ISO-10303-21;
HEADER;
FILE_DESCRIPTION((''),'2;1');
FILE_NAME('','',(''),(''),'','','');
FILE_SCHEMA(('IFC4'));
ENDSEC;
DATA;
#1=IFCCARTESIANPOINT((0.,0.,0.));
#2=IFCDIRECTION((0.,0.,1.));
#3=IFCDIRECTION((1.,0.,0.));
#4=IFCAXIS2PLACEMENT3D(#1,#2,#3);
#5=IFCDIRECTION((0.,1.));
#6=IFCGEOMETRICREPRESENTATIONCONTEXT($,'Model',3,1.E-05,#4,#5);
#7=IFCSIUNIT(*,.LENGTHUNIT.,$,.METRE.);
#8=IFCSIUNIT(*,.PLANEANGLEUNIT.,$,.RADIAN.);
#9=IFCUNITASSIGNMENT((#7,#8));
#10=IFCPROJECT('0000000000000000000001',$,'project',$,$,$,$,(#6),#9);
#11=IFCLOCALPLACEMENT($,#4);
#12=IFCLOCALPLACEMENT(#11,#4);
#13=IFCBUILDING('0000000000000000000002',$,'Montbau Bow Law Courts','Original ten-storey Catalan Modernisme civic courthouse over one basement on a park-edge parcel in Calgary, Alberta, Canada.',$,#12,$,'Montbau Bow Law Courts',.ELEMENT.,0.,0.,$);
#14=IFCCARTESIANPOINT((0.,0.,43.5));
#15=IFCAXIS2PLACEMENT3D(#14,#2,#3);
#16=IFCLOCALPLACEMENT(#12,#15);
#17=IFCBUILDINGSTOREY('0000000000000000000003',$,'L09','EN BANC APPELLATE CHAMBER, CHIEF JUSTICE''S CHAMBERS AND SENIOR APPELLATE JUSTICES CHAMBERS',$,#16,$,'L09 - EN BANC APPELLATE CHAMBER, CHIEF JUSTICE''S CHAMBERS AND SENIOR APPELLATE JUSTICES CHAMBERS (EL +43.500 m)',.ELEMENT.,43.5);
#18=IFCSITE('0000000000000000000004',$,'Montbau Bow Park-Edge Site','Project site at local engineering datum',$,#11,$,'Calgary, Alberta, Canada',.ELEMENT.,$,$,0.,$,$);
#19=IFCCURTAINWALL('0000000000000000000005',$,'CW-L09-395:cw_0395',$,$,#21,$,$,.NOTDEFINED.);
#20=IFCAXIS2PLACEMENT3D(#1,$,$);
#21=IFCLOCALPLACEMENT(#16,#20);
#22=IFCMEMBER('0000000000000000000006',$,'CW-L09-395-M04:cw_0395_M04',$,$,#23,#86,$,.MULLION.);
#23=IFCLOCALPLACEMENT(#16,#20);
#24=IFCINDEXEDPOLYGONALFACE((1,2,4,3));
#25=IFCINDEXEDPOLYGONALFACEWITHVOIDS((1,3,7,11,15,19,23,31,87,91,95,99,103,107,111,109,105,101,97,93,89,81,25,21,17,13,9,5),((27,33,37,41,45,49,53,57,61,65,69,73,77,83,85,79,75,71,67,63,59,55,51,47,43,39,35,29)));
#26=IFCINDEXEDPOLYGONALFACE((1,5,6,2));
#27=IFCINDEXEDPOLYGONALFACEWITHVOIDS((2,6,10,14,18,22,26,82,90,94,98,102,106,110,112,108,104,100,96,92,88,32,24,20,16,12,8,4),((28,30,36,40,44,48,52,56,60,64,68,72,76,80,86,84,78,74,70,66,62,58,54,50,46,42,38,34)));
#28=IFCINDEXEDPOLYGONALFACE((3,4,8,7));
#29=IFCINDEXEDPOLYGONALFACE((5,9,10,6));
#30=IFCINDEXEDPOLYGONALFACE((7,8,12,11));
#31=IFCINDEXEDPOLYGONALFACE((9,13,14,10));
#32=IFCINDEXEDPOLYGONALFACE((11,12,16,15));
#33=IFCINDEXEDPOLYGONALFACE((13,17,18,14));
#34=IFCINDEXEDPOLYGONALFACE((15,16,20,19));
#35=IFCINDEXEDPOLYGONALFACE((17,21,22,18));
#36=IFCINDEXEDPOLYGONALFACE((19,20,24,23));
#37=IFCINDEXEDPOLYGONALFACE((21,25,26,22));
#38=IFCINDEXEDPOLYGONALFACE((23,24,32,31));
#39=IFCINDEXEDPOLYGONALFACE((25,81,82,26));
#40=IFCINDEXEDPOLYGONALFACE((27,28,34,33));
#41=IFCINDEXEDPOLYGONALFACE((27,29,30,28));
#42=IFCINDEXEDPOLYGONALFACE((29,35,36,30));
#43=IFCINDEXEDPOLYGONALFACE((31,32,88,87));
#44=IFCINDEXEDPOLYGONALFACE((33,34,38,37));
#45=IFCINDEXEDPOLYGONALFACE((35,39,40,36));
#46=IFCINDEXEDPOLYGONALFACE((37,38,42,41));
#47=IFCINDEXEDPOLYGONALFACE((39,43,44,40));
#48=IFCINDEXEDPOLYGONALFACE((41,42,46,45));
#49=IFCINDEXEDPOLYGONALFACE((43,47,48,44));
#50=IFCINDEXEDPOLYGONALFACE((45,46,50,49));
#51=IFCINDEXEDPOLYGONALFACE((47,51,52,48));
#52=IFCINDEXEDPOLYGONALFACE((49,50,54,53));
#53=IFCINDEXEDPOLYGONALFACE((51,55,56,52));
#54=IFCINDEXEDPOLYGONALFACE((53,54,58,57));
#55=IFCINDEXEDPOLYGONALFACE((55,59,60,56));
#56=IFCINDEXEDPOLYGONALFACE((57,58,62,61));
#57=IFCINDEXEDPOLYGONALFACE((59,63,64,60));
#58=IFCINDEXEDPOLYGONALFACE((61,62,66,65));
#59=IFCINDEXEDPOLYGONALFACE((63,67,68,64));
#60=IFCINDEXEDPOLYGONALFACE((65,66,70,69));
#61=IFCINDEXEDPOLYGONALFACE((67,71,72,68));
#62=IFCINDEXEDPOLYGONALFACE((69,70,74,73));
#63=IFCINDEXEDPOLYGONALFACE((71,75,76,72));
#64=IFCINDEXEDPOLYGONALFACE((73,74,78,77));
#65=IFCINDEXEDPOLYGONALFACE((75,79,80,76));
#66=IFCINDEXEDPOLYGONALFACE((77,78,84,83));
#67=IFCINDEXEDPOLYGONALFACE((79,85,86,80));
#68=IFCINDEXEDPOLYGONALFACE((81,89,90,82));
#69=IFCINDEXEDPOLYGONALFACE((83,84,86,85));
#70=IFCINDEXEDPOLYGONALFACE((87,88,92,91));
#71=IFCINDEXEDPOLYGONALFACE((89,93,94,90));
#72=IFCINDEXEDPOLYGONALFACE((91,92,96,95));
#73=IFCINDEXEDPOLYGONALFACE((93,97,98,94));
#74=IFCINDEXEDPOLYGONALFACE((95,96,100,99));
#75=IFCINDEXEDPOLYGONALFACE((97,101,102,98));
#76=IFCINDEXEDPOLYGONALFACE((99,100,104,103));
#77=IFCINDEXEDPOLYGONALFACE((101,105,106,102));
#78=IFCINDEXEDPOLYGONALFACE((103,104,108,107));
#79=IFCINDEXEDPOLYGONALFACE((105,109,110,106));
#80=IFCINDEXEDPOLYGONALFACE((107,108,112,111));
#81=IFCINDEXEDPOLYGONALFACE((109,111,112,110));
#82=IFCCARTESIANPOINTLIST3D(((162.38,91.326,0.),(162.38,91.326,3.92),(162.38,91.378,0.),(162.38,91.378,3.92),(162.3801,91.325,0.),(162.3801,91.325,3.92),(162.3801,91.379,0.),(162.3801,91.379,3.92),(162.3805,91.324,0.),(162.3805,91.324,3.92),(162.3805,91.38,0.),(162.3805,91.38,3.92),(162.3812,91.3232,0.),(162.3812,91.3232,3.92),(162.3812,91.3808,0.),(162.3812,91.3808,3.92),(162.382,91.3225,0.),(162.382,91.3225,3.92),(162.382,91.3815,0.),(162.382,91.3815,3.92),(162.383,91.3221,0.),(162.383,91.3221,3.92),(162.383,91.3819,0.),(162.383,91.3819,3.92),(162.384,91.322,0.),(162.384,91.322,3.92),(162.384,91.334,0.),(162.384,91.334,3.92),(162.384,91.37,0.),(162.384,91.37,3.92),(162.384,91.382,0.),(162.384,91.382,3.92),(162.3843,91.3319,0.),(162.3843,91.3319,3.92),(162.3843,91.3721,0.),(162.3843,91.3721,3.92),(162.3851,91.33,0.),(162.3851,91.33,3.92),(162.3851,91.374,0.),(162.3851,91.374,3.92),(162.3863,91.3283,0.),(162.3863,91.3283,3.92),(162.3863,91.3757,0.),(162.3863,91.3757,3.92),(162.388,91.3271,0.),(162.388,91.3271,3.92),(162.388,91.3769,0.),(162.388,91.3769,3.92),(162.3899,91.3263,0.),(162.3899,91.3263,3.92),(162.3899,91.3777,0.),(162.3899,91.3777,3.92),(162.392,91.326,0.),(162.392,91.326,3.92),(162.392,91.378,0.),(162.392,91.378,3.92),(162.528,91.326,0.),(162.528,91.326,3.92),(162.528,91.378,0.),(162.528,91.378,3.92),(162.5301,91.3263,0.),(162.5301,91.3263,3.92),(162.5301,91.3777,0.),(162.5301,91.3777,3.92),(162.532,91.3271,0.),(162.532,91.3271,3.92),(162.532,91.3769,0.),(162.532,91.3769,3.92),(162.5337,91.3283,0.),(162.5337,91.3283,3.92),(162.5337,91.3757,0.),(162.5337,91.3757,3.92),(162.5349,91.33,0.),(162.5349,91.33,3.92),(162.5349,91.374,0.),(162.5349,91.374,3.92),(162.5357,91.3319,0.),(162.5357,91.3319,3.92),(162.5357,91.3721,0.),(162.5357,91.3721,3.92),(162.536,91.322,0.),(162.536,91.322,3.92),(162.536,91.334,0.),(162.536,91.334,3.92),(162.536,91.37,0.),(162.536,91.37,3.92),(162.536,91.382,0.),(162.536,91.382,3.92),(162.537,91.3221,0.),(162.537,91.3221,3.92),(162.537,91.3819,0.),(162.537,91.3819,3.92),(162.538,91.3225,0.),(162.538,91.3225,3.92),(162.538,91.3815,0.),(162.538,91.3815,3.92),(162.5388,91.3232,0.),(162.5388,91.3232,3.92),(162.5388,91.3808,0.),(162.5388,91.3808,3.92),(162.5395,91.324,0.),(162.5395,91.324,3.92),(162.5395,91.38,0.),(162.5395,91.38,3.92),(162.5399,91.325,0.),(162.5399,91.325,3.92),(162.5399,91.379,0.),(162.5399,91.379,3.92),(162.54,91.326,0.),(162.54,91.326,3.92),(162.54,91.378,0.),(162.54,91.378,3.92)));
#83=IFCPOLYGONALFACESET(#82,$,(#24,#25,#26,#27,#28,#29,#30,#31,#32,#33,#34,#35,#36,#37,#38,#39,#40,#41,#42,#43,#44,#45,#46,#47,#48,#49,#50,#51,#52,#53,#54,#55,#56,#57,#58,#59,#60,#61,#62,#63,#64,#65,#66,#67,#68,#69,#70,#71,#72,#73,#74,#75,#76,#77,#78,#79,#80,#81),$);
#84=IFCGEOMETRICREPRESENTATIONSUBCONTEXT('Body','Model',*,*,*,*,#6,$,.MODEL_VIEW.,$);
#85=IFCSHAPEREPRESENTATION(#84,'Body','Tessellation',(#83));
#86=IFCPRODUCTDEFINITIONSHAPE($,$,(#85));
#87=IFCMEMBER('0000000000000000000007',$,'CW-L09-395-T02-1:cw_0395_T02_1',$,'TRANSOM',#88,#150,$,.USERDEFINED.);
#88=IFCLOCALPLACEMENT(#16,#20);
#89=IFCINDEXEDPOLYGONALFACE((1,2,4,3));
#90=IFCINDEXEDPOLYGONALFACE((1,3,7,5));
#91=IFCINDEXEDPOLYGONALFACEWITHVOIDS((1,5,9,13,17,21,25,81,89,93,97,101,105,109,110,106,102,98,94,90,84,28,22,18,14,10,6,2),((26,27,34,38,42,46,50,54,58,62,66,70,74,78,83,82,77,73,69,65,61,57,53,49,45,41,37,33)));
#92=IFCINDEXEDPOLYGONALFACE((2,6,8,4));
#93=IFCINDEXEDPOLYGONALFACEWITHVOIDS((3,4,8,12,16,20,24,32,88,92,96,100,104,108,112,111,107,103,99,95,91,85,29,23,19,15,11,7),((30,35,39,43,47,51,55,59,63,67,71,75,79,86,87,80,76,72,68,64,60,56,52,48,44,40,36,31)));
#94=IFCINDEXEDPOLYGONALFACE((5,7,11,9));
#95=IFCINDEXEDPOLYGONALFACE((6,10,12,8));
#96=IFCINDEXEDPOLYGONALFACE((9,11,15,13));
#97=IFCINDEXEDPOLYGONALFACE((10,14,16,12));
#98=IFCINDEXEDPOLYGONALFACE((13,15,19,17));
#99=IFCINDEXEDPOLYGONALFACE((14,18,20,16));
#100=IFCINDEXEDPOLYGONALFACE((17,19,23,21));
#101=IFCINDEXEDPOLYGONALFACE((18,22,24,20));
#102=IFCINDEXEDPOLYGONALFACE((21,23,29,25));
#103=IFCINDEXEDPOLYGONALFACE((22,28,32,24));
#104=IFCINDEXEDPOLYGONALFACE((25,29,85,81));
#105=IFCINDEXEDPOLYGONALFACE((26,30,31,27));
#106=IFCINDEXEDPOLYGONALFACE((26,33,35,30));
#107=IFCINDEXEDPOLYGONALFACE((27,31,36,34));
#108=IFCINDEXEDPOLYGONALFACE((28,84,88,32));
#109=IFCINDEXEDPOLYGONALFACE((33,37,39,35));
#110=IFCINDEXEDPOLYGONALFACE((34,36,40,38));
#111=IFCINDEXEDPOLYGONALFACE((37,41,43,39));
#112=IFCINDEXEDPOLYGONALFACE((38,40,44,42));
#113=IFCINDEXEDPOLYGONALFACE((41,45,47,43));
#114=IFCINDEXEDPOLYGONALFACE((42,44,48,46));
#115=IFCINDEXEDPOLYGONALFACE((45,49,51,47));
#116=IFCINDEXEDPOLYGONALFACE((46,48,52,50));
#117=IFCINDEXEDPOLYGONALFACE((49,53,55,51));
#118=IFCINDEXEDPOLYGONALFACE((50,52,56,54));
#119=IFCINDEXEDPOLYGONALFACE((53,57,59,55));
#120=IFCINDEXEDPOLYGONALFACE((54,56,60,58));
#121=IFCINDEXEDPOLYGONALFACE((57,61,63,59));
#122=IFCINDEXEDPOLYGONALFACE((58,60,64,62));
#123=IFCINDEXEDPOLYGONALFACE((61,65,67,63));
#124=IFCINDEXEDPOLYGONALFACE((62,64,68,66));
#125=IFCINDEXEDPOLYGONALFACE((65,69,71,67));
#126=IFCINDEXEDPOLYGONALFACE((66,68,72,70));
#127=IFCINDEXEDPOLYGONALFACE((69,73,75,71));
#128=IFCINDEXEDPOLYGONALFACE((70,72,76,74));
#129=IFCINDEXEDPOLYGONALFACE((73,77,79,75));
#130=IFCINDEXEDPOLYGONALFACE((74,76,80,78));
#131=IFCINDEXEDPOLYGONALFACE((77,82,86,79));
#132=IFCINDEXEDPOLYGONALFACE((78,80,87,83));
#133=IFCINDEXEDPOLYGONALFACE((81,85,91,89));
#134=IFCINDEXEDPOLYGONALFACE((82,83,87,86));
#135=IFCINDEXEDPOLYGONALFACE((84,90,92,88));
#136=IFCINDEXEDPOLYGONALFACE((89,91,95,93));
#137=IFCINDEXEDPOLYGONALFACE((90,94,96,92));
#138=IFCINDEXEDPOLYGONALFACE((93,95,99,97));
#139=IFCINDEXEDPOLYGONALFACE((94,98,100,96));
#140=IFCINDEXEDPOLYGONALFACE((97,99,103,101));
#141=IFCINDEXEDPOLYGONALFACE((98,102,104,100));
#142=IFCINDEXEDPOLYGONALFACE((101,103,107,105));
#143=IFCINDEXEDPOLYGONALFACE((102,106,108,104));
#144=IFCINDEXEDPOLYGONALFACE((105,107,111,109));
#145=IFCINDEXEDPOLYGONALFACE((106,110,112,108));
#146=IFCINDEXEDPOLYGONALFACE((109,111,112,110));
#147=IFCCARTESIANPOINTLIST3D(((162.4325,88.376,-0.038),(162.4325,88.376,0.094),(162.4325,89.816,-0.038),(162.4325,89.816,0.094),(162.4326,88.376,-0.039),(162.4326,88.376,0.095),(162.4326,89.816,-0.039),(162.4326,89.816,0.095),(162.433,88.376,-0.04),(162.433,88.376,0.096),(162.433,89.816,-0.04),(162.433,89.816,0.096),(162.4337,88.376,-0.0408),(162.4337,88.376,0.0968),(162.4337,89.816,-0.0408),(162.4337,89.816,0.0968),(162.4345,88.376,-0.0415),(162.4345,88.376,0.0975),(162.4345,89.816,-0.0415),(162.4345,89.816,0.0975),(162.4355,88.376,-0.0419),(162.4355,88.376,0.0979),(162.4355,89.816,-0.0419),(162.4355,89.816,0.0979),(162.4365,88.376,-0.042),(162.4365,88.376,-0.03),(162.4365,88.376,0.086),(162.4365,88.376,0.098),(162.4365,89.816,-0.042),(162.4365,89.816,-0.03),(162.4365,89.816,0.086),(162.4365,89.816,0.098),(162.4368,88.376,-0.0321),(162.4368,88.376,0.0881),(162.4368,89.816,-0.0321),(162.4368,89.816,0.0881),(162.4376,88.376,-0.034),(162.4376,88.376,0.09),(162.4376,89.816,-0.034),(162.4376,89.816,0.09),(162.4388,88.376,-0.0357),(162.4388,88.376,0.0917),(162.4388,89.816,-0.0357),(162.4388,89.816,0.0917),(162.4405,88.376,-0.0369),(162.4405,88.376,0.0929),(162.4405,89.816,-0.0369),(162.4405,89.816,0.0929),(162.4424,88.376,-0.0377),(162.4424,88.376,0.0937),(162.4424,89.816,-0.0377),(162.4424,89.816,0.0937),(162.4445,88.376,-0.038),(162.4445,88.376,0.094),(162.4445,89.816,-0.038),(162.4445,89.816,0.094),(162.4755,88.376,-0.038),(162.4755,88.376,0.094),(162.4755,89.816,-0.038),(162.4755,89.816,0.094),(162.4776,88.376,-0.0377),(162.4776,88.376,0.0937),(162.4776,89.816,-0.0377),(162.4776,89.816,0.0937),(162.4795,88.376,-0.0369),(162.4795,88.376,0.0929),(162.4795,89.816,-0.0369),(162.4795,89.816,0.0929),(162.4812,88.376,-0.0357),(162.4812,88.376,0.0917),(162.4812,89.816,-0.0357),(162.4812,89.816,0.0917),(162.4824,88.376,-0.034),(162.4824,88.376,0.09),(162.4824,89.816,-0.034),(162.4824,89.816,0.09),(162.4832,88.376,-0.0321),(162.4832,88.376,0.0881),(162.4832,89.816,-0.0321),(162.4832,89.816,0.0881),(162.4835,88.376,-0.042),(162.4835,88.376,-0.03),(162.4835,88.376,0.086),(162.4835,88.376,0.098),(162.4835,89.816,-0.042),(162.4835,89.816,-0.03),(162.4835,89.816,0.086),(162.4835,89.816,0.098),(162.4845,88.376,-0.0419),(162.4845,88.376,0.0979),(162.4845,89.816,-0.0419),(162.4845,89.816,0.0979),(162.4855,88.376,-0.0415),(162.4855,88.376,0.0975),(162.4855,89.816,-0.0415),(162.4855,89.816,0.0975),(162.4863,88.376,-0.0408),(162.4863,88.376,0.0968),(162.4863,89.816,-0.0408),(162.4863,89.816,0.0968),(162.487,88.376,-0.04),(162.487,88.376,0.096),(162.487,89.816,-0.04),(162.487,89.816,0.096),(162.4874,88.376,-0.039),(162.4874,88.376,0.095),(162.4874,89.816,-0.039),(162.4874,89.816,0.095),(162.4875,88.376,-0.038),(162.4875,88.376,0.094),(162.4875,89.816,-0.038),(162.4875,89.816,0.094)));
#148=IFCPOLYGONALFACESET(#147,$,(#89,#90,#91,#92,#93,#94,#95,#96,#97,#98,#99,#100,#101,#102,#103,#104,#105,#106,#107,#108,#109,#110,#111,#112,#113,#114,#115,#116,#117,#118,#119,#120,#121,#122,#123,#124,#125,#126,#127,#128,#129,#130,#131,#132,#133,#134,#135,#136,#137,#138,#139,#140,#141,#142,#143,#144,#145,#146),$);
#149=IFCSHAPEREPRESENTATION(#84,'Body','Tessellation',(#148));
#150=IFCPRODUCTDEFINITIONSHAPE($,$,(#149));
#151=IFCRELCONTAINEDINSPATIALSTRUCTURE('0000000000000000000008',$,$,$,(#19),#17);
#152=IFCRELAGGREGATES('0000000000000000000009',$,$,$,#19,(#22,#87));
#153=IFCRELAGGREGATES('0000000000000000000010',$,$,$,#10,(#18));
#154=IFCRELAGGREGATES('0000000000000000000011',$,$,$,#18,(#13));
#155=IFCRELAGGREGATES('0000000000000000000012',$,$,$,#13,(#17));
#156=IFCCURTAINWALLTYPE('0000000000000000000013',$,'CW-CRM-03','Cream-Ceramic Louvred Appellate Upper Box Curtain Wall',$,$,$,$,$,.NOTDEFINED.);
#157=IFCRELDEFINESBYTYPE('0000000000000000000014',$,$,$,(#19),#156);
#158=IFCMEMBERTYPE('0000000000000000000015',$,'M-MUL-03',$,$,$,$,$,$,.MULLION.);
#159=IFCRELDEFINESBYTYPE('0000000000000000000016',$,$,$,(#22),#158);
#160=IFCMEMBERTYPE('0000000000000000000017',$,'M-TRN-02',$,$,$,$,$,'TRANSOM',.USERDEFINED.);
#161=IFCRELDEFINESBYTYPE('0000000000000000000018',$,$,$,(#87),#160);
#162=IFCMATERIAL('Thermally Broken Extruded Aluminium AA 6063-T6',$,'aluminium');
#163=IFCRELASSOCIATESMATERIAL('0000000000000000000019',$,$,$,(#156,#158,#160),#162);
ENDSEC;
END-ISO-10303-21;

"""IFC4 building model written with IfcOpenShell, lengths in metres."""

from ifc_helpers import new_model, si_unit, direction, frame, origin_with_axes, origin_2d_with_axis, place, context, subcontext, project, spatial, hollow_rectangle, extrude, material, material_profile, profile_set, type_object, element, aggregate, save


model = new_model("IFC4")

# Units and contexts
model_context = context("Model", 3, precision=1e-05, world=origin_with_axes(), true_north=direction((0.0, 1.0)))
body_context = subcontext(model_context, "Body", "Model", "MODEL_VIEW")
ifc_project = project(units=[si_unit("LENGTHUNIT", "METRE"), si_unit("PLANEANGLEUNIT", "RADIAN")], contexts=[model_context])

# Site, building, storey
site_placement = place(None, origin_with_axes())
site = spatial("IfcSite", under=ifc_project, at=site_placement, Name="Montbau Bow Park-Edge Site", Description="Project site at local engineering datum", LongName="Calgary, Alberta, Canada", CompositionType="ELEMENT", RefElevation=0.0)
building_placement = place(site_placement, origin_with_axes())
building = spatial("IfcBuilding", under=site, at=building_placement, Name="Montbau Bow Law Courts", Description="Original ten-storey Catalan Modernisme civic courthouse over one basement on a park-edge parcel in Calgary, Alberta, Canada.", LongName="Montbau Bow Law Courts", CompositionType="ELEMENT", ElevationOfRefHeight=0.0, ElevationOfTerrain=0.0)
storey_placement = place(building_placement, frame((0.0, 0.0, 43.5), z_axis=(0.0, 0.0, 1.0), x_axis=(1.0, 0.0, 0.0)))
storey = spatial("IfcBuildingStorey", under=building, at=storey_placement, Name="L09", Description="EN BANC APPELLATE CHAMBER, CHIEF JUSTICE'S CHAMBERS AND SENIOR APPELLATE JUSTICES CHAMBERS", LongName="L09 - EN BANC APPELLATE CHAMBER, CHIEF JUSTICE'S CHAMBERS AND SENIOR APPELLATE JUSTICES CHAMBERS (EL +43.500 m)", CompositionType="ELEMENT", Elevation=43.5)

# Curtain wall, members
ifc_material_1 = material(Name="Thermally Broken Extruded Aluminium AA 6063-T6", Category="aluminium")
curtain_wall_type = type_object("IfcCurtainWallType", Name="CW-CRM-03", Description="Cream-Ceramic Louvred Appellate Upper Box Curtain Wall", PredefinedType="NOTDEFINED", material=ifc_material_1)
curtain_wall_placement = place(None, frame((162.46, 86.84, 43.5), z_axis=(0.0, 0.0, 1.0), x_axis=(1.0, 0.0, 0.0)))
curtain_wall = element("IfcCurtainWall", 1, at=curtain_wall_placement, inside=storey, type_object=curtain_wall_type, Name="CW-L09-395:cw_0395", PredefinedType="NOTDEFINED")
ifc_material_profile_1 = material_profile(ifc_material_1, hollow_rectangle(XDim=0.06, YDim=0.16, WallThickness=0.004, InnerFilletRadius=0.008, OuterFilletRadius=0.004, at=origin_2d_with_axis()), Name="CWM-160X60", Category="Main", Priority=0)
ifc_profile_set_1 = profile_set([ifc_material_profile_1], Name="Thermally Broken Extruded Aluminium AA 6063-T6")
member_type_1 = type_object("IfcMemberType", Name="M-MUL-03", PredefinedType="MULLION", material=ifc_profile_set_1)
member_1_placement = place(None, frame((162.46, 91.352, 43.5), z_axis=(0.0, 0.0, 1.0), x_axis=(0.0, 1.0, 0.0)))
member_1 = element("IfcMember", 2, at=member_1_placement, type_object=member_type_1, Name="CW-L09-395-M04:cw_0395_M04", PredefinedType="MULLION", context=body_context, shape_type="SweptSolid", body=[
    extrude(hollow_rectangle(XDim=0.06, YDim=0.16, WallThickness=0.004, InnerFilletRadius=0.008, OuterFilletRadius=0.004, at=origin_2d_with_axis()), origin_with_axes(), (0.0, 0.0, 1.0), 3.92),
])
ifc_material_profile_2 = material_profile(ifc_material_1, hollow_rectangle(XDim=0.055, YDim=0.14, WallThickness=0.004, InnerFilletRadius=0.008, OuterFilletRadius=0.004, at=origin_2d_with_axis()), Name="CWT-140X55", Category="Main", Priority=0)
ifc_profile_set_2 = profile_set([ifc_material_profile_2], Name="Thermally Broken Extruded Aluminium AA 6063-T6")
member_type_2 = type_object("IfcMemberType", Name="M-TRN-02", ElementType="TRANSOM", PredefinedType="USERDEFINED", material=ifc_profile_set_2)
member_2_placement = place(None, frame((162.46, 88.376, 43.528), z_axis=(0.0, 1.0, 0.0), x_axis=(-1.0, 0.0, 0.0)))
member_2 = element("IfcMember", 3, at=member_2_placement, type_object=member_type_2, Name="CW-L09-395-T02-1:cw_0395_T02_1", ObjectType="TRANSOM", PredefinedType="USERDEFINED", context=body_context, shape_type="SweptSolid", body=[
    extrude(hollow_rectangle(XDim=0.055, YDim=0.14, WallThickness=0.004, InnerFilletRadius=0.008, OuterFilletRadius=0.004, at=origin_2d_with_axis()), origin_with_axes(), (0.0, 0.0, 1.0), 1.44),
])
aggregate(curtain_wall, [member_1, member_2])

save(model, "model.ifc")
